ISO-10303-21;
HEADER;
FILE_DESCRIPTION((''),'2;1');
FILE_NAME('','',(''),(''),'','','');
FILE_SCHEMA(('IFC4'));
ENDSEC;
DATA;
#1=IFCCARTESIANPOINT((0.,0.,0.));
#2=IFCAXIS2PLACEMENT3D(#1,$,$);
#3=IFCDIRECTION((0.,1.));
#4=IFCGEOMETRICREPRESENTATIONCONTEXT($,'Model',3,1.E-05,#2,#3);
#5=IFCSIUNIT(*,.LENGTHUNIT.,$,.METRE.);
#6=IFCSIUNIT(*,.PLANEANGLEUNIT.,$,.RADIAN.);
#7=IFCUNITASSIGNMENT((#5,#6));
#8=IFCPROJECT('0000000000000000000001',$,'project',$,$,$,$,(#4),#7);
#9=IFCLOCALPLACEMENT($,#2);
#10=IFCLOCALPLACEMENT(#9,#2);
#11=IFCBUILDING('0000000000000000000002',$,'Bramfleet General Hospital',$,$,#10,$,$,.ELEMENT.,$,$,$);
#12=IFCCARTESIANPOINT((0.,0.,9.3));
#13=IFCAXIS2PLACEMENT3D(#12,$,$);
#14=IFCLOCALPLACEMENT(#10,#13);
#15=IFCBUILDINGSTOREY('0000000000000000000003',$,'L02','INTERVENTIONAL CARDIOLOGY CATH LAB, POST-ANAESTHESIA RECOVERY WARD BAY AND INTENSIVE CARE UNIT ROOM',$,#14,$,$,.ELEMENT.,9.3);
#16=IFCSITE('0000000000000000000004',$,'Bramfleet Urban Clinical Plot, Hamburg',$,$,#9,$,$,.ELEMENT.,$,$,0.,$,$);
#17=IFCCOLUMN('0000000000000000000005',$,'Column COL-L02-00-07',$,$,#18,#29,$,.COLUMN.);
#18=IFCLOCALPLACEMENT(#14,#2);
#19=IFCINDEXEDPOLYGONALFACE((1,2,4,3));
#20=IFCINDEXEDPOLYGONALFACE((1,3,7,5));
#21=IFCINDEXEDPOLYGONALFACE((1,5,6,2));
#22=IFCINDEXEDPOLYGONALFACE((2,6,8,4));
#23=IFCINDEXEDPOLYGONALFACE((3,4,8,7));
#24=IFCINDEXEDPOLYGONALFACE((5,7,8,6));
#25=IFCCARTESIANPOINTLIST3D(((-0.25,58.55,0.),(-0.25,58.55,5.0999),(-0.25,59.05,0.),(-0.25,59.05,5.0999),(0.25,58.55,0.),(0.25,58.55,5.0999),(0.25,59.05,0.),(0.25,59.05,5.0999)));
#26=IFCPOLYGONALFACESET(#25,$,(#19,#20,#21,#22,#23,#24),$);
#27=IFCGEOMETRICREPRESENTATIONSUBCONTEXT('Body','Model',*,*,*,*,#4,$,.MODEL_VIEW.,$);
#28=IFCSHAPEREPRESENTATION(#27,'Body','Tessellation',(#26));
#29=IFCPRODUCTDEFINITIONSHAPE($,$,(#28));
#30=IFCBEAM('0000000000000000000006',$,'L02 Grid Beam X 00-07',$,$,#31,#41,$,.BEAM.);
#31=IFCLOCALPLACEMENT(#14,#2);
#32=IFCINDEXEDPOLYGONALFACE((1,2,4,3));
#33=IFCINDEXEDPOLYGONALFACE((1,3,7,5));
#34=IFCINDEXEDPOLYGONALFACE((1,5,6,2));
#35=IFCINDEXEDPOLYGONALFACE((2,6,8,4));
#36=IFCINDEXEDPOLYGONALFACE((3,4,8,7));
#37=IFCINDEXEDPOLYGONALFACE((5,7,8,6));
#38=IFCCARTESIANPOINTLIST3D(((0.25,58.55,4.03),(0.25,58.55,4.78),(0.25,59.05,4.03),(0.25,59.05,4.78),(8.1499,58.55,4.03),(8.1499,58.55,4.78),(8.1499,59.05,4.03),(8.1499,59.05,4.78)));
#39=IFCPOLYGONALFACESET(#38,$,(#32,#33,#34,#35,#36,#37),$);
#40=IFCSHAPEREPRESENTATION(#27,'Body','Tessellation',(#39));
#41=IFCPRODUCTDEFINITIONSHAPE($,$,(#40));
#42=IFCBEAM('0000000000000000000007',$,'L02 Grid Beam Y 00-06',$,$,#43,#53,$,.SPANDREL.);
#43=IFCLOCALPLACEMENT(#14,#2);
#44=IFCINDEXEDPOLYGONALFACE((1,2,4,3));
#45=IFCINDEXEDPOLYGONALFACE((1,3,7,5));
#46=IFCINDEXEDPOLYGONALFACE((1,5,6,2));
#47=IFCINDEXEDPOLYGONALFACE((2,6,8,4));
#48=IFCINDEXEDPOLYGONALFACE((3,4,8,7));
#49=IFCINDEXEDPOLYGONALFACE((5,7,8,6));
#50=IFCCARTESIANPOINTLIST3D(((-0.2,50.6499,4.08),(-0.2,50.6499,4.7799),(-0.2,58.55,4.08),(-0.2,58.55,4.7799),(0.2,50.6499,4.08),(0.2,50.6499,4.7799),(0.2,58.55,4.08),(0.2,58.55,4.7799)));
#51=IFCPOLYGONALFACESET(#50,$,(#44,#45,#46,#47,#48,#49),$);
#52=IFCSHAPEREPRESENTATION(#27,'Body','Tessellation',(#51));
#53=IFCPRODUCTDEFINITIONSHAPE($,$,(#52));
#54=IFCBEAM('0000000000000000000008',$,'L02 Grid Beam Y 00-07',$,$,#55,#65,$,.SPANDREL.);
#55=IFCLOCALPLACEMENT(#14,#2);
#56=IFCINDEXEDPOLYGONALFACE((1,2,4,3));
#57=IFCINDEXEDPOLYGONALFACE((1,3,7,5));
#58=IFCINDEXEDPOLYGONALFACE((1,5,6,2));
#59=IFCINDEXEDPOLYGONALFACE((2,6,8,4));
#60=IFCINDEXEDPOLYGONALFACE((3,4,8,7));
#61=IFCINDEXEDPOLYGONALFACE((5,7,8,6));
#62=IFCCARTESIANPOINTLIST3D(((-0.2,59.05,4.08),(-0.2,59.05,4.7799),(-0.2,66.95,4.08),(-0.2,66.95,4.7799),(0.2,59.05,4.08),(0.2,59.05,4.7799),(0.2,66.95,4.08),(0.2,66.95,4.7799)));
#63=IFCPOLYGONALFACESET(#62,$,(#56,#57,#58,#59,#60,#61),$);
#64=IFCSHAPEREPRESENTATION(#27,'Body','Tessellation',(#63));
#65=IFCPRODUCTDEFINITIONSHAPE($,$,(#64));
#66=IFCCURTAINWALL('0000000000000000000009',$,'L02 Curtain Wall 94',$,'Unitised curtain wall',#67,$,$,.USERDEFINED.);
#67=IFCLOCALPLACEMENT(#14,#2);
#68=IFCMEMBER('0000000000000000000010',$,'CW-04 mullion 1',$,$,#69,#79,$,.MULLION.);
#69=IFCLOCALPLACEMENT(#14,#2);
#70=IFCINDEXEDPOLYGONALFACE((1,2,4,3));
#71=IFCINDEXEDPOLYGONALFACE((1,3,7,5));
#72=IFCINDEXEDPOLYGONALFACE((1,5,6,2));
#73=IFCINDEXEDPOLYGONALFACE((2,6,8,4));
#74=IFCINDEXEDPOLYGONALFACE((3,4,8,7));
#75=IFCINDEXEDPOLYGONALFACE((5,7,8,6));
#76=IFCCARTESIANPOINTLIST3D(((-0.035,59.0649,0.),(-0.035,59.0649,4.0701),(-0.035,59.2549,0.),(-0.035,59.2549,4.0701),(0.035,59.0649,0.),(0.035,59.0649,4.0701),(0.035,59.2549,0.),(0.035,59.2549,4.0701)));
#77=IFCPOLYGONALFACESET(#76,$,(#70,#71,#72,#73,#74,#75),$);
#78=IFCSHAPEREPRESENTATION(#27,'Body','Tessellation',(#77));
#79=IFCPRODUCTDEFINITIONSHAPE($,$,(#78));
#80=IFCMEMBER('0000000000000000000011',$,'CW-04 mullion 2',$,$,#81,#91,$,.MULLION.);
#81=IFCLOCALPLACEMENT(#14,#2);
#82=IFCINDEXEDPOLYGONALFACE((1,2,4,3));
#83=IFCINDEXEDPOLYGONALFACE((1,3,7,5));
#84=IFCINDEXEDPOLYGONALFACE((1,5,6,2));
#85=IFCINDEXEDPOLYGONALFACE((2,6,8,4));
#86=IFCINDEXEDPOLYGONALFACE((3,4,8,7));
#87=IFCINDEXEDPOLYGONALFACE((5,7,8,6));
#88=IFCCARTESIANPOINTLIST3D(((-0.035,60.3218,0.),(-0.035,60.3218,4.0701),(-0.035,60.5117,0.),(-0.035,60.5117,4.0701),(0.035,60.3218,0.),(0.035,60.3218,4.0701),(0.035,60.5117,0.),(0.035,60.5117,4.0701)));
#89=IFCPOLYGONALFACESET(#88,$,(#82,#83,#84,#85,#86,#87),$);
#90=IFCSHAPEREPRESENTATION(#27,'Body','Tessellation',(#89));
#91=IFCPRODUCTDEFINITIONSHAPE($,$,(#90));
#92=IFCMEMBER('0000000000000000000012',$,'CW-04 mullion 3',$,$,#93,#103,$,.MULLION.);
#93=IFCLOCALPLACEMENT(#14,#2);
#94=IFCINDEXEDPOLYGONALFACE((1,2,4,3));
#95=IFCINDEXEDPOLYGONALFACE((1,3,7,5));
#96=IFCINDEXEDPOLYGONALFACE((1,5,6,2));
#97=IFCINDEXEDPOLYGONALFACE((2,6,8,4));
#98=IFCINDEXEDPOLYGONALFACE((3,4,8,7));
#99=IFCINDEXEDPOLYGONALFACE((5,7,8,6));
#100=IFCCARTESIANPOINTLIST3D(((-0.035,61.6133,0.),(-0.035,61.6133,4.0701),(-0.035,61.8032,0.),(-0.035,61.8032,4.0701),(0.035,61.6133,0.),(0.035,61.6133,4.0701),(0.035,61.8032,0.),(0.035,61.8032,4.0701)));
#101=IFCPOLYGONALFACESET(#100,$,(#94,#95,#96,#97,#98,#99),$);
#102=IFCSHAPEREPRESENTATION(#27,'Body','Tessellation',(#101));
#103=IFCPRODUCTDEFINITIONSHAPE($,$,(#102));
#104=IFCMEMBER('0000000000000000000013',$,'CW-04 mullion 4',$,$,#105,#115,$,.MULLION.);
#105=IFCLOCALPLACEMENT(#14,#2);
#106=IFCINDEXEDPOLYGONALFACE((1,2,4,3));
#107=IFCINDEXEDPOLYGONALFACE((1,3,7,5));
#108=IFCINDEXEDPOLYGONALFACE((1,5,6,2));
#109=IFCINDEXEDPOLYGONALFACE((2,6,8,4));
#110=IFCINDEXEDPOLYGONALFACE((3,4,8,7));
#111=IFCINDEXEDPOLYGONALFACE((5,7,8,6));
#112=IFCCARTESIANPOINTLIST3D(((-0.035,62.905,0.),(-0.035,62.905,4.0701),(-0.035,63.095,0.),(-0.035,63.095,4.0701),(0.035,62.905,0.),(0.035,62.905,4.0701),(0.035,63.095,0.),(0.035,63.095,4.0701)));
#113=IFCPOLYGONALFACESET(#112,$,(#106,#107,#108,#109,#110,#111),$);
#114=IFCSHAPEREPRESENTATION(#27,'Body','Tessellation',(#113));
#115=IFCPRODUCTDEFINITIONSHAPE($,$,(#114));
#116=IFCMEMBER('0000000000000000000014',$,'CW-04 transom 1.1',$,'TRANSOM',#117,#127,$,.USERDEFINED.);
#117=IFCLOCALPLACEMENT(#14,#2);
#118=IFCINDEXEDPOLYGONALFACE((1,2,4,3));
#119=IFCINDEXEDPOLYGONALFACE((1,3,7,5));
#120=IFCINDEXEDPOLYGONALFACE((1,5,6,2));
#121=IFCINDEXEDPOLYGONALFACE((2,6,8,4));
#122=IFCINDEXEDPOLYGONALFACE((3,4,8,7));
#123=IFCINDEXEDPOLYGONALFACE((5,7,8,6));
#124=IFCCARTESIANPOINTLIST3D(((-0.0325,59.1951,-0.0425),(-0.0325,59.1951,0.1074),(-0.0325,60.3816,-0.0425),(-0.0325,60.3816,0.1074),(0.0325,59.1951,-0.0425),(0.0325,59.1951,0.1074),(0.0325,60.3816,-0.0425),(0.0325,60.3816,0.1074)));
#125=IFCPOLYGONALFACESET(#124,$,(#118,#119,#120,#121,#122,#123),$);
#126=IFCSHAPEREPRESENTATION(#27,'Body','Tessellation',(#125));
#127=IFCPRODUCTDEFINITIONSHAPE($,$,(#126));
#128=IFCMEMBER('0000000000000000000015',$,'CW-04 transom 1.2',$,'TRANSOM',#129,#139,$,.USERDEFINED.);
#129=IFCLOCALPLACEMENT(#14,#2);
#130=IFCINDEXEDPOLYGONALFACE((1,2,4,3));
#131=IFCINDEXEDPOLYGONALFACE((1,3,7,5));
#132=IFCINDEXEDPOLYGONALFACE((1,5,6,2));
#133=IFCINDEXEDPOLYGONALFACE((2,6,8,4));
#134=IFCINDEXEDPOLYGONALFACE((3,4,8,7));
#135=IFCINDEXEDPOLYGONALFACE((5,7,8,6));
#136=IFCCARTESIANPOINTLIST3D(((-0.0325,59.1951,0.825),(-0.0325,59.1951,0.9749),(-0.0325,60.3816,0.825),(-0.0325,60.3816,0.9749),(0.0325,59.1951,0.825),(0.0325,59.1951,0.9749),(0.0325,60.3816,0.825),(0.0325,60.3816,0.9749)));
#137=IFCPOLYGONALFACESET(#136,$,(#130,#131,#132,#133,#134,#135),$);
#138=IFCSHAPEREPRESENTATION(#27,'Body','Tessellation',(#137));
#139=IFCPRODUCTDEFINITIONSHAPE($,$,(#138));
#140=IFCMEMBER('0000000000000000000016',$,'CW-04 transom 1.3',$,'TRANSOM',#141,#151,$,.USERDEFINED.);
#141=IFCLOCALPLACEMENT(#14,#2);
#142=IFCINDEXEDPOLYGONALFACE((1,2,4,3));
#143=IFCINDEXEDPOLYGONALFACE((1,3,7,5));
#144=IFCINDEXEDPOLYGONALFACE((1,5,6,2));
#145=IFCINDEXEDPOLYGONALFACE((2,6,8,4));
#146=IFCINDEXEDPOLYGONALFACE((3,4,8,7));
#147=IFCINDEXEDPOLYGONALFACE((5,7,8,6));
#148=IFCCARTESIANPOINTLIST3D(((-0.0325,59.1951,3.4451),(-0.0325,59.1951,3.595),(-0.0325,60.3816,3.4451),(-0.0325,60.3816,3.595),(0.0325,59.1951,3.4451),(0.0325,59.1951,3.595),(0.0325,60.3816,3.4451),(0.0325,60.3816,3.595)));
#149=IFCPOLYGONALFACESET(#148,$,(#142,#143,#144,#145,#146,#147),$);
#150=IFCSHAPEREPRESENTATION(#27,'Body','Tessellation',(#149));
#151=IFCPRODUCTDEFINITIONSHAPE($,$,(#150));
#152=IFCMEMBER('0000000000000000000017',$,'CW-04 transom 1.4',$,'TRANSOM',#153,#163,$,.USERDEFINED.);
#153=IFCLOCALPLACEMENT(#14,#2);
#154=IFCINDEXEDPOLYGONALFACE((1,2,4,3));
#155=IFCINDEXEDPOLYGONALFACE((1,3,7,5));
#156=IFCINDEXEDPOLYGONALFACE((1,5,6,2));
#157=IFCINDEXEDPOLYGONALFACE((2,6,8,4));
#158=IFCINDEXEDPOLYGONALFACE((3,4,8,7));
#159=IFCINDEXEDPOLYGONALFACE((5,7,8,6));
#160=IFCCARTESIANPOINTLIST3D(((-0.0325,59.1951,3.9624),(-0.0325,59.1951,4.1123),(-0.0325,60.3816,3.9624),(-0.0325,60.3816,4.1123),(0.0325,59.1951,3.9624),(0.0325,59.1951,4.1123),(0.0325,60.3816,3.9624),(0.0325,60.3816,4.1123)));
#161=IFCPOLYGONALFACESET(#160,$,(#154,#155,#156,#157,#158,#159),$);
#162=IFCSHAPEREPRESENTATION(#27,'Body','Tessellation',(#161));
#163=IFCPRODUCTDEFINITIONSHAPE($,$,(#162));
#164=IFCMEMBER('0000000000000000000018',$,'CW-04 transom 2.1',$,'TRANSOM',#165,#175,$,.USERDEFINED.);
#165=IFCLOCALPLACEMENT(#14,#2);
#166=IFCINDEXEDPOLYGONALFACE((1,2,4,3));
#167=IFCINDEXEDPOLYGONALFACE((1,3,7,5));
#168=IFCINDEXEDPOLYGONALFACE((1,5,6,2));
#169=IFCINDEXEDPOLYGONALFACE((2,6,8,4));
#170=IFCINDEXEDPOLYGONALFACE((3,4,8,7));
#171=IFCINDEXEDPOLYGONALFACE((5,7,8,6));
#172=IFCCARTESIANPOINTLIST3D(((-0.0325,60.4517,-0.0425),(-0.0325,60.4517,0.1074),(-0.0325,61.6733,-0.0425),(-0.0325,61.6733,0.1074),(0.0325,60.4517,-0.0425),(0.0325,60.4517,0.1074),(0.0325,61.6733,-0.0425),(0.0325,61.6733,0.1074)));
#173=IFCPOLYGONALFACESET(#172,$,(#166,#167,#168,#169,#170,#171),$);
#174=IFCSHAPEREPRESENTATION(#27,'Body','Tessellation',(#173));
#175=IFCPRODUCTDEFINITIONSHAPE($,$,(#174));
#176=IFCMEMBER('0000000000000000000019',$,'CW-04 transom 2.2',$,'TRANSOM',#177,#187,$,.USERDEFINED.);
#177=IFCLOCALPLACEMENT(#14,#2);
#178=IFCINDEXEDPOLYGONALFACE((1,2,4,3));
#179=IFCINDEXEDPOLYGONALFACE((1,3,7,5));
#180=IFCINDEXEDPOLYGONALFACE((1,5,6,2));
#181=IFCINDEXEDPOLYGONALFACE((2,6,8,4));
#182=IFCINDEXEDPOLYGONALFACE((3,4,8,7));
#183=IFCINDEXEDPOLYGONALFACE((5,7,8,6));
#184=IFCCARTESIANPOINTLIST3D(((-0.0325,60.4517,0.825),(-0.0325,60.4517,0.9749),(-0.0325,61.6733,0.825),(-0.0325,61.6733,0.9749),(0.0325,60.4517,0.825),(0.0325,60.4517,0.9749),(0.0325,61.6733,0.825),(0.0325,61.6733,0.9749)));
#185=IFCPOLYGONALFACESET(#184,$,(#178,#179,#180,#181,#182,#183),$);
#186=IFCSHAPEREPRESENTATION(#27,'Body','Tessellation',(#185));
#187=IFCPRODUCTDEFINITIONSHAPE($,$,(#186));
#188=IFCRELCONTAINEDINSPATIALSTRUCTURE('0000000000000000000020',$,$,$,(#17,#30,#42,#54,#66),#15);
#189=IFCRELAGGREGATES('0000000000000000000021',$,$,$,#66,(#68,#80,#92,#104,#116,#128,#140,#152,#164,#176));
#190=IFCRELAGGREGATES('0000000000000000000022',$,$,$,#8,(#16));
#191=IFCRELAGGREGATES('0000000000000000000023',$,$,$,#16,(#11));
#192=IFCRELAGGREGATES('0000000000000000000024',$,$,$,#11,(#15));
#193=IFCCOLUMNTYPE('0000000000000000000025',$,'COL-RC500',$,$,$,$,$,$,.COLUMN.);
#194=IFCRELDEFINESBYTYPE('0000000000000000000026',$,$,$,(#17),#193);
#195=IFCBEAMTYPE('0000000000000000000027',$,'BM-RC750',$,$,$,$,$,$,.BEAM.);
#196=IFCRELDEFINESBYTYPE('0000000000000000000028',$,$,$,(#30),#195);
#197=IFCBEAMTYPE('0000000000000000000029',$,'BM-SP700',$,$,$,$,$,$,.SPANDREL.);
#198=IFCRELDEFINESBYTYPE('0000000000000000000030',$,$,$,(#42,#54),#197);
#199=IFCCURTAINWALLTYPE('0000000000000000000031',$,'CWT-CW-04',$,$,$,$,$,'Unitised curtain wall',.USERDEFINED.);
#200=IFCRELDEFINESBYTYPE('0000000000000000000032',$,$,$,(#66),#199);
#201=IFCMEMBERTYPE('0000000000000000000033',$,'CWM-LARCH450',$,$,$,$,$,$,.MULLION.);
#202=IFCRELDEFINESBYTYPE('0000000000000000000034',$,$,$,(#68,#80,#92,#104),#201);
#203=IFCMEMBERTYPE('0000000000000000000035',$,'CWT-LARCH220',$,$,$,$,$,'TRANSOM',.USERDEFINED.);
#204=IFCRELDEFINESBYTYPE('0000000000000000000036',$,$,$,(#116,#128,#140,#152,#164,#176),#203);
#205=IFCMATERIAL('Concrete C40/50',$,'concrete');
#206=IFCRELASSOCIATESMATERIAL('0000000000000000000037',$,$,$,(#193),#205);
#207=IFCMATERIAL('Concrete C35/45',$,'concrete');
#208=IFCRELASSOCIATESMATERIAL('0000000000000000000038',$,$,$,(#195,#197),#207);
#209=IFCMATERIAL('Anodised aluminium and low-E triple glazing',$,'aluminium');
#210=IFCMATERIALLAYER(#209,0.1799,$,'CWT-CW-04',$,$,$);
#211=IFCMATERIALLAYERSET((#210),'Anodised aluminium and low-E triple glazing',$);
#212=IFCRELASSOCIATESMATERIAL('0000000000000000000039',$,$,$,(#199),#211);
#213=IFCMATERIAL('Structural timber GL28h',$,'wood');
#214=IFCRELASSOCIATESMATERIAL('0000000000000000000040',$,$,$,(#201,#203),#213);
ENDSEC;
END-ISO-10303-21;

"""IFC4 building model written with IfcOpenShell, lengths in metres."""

from ifc_helpers import new_model, si_unit, direction, frame, origin, origin_2d, place, context, subcontext, project, spatial, rectangle, extrude, material, layer, layer_set, material_profile, profile_set, type_object, element, aggregate, save


model = new_model("IFC4")

# Units and contexts
model_context = context("Model", 3, precision=1e-05, world=origin(), true_north=direction((0.0, 1.0)))
body_context = subcontext(model_context, "Body", "Model", "MODEL_VIEW")
ifc_project = project(units=[si_unit("LENGTHUNIT", "METRE"), si_unit("PLANEANGLEUNIT", "RADIAN")], contexts=[model_context])

# Site, building, storey
site_placement = place(None, origin())
site = spatial("IfcSite", under=ifc_project, at=site_placement, Name="Bramfleet Urban Clinical Plot, Hamburg", CompositionType="ELEMENT", RefElevation=0.0)
building_placement = place(site_placement, origin())
building = spatial("IfcBuilding", under=site, at=building_placement, Name="Bramfleet General Hospital", CompositionType="ELEMENT")
storey_placement = place(building_placement, frame((0.0, 0.0, 9.3)))
storey = spatial("IfcBuildingStorey", under=building, at=storey_placement, Name="L02", Description="INTERVENTIONAL CARDIOLOGY CATH LAB, POST-ANAESTHESIA RECOVERY WARD BAY AND INTENSIVE CARE UNIT ROOM", CompositionType="ELEMENT", Elevation=9.3)

# Column
ifc_material_1 = material(Name="Concrete C40/50", Category="concrete")
ifc_material_profile_1 = material_profile(ifc_material_1, rectangle(XDim=0.5, YDim=0.5, at=origin_2d()), Name="RC COL 500x500")
ifc_profile_set_1 = profile_set([ifc_material_profile_1], Name="Concrete C40/50")
column_type = type_object("IfcColumnType", Name="COL-RC500", PredefinedType="COLUMN", material=ifc_profile_set_1)
column_placement = place(storey_placement, frame((0.0, 58.8, 0.0), z_axis=(0.0, 0.0, 1.0), x_axis=(1.0, 0.0, 0.0)))
element("IfcColumn", 1, at=column_placement, inside=storey, type_object=column_type, Name="Column COL-L02-00-07", PredefinedType="COLUMN", context=body_context, shape_type="SweptSolid", body=[
    extrude(rectangle(XDim=0.5, YDim=0.5, at=origin_2d()), origin(), (0.0, 0.0, 1.0), 5.0999),
])

# Beams
ifc_material_2 = material(Name="Concrete C35/45", Category="concrete")
ifc_material_profile_2 = material_profile(ifc_material_2, rectangle(XDim=0.5, YDim=0.75, at=origin_2d()), Name="RC BM 750x500")
ifc_profile_set_2 = profile_set([ifc_material_profile_2], Name="Concrete C35/45")
beam_type_1 = type_object("IfcBeamType", Name="BM-RC750", PredefinedType="BEAM", material=ifc_profile_set_2)
beam_1_placement = place(storey_placement, frame((0.25, 58.8, 4.405), z_axis=(1.0, 0.0, 0.0), x_axis=(0.0, 1.0, 0.0)))
element("IfcBeam", 2, at=beam_1_placement, inside=storey, type_object=beam_type_1, Name="L02 Grid Beam X 00-07", PredefinedType="BEAM", context=body_context, shape_type="SweptSolid", body=[
    extrude(rectangle(XDim=0.5, YDim=0.75, at=origin_2d()), origin(), (0.0, 0.0, 1.0), 7.8999),
])
ifc_material_profile_3 = material_profile(ifc_material_2, rectangle(XDim=0.3999, YDim=0.7, at=origin_2d()), Name="RC SP 700x400")
ifc_profile_set_3 = profile_set([ifc_material_profile_3], Name="Concrete C35/45")
beam_type_2 = type_object("IfcBeamType", Name="BM-SP700", PredefinedType="SPANDREL", material=ifc_profile_set_3)
beam_2_placement = place(storey_placement, frame((0.0, 50.6499, 4.4299), z_axis=(0.0, 1.0, 0.0), x_axis=(-1.0, 0.0, 0.0)))
element("IfcBeam", 3, at=beam_2_placement, inside=storey, type_object=beam_type_2, Name="L02 Grid Beam Y 00-06", PredefinedType="SPANDREL", context=body_context, shape_type="SweptSolid", body=[
    extrude(rectangle(XDim=0.3999, YDim=0.7, at=origin_2d()), origin(), (0.0, 0.0, 1.0), 7.9001),
])
beam_3_placement = place(storey_placement, frame((0.0, 59.05, 4.4299), z_axis=(0.0, 1.0, 0.0), x_axis=(-1.0, 0.0, 0.0)))
element("IfcBeam", 4, at=beam_3_placement, inside=storey, type_object=beam_type_2, Name="L02 Grid Beam Y 00-07", PredefinedType="SPANDREL", context=body_context, shape_type="SweptSolid", body=[
    extrude(rectangle(XDim=0.3999, YDim=0.7, at=origin_2d()), origin(), (0.0, 0.0, 1.0), 7.8999),
])

# Curtain wall, members
ifc_material_3 = material(Name="Anodised aluminium and low-E triple glazing", Category="aluminium")
ifc_layer_1 = layer(ifc_material_3, 0.1799, Name="CWT-CW-04")
ifc_layer_set_1 = layer_set([ifc_layer_1], Name="Anodised aluminium and low-E triple glazing")
curtain_wall_type = type_object("IfcCurtainWallType", Name="CWT-CW-04", ElementType="Unitised curtain wall", PredefinedType="USERDEFINED", material=ifc_layer_set_1)
curtain_wall_placement = place(storey_placement, origin())
curtain_wall = element("IfcCurtainWall", 5, at=curtain_wall_placement, inside=storey, type_object=curtain_wall_type, Name="L02 Curtain Wall 94", ObjectType="Unitised curtain wall", PredefinedType="USERDEFINED")
ifc_material_4 = material(Name="Structural timber GL28h", Category="wood")
ifc_material_profile_4 = material_profile(ifc_material_4, rectangle(XDim=0.0701, YDim=0.1899, at=origin_2d()), Name="LARCH 190x70")
ifc_profile_set_4 = profile_set([ifc_material_profile_4], Name="Structural timber GL28h")
member_type_1 = type_object("IfcMemberType", Name="CWM-LARCH450", PredefinedType="MULLION", material=ifc_profile_set_4)
member_1_placement = place(storey_placement, frame((0.0, 59.1599, 0.0), z_axis=(0.0, 0.0, 1.0), x_axis=(-1.0, 0.0, 0.0)))
member_1 = element("IfcMember", 6, at=member_1_placement, type_object=member_type_1, Name="CW-04 mullion 1", PredefinedType="MULLION", context=body_context, shape_type="SweptSolid", body=[
    extrude(rectangle(XDim=0.0701, YDim=0.1899, at=origin_2d()), origin(), (0.0, 0.0, 1.0), 4.0701),
])
member_2_placement = place(storey_placement, frame((0.0, 60.4167, 0.0), z_axis=(0.0, 0.0, 1.0), x_axis=(-1.0, 0.0, 0.0)))
member_2 = element("IfcMember", 7, at=member_2_placement, type_object=member_type_1, Name="CW-04 mullion 2", PredefinedType="MULLION", context=body_context, shape_type="SweptSolid", body=[
    extrude(rectangle(XDim=0.0701, YDim=0.1899, at=origin_2d()), origin(), (0.0, 0.0, 1.0), 4.0701),
])
member_3_placement = place(storey_placement, frame((0.0, 61.7083, 0.0), z_axis=(0.0, 0.0, 1.0), x_axis=(-1.0, 0.0, 0.0)))
member_3 = element("IfcMember", 8, at=member_3_placement, type_object=member_type_1, Name="CW-04 mullion 3", PredefinedType="MULLION", context=body_context, shape_type="SweptSolid", body=[
    extrude(rectangle(XDim=0.0701, YDim=0.1899, at=origin_2d()), origin(), (0.0, 0.0, 1.0), 4.0701),
])
member_4_placement = place(storey_placement, frame((0.0, 63.0, 0.0), z_axis=(0.0, 0.0, 1.0), x_axis=(-1.0, 0.0, 0.0)))
member_4 = element("IfcMember", 9, at=member_4_placement, type_object=member_type_1, Name="CW-04 mullion 4", PredefinedType="MULLION", context=body_context, shape_type="SweptSolid", body=[
    extrude(rectangle(XDim=0.0701, YDim=0.1899, at=origin_2d()), origin(), (0.0, 0.0, 1.0), 4.0701),
])
ifc_material_profile_5 = material_profile(ifc_material_4, rectangle(XDim=0.0649, YDim=0.1499, at=origin_2d()), Name="LARCH 150x65")
ifc_profile_set_5 = profile_set([ifc_material_profile_5], Name="Structural timber GL28h")
member_type_2 = type_object("IfcMemberType", Name="CWT-LARCH220", ElementType="TRANSOM", PredefinedType="USERDEFINED", material=ifc_profile_set_5)
member_5_placement = place(storey_placement, frame((0.0, 59.1951, 0.0325), z_axis=(0.0, 1.0, 0.0), x_axis=(-1.0, 0.0, 0.0)))
member_5 = element("IfcMember", 10, at=member_5_placement, type_object=member_type_2, Name="CW-04 transom 1.1", ObjectType="TRANSOM", PredefinedType="USERDEFINED", context=body_context, shape_type="SweptSolid", body=[
    extrude(rectangle(XDim=0.0649, YDim=0.1499, at=origin_2d()), origin(), (0.0, 0.0, 1.0), 1.1865),
])
member_6_placement = place(storey_placement, frame((0.0, 59.1951, 0.8999), z_axis=(0.0, 1.0, 0.0), x_axis=(-1.0, 0.0, 0.0)))
member_6 = element("IfcMember", 11, at=member_6_placement, type_object=member_type_2, Name="CW-04 transom 1.2", ObjectType="TRANSOM", PredefinedType="USERDEFINED", context=body_context, shape_type="SweptSolid", body=[
    extrude(rectangle(XDim=0.0649, YDim=0.1499, at=origin_2d()), origin(), (0.0, 0.0, 1.0), 1.1865),
])
member_7_placement = place(storey_placement, frame((0.0, 59.1951, 3.52), z_axis=(0.0, 1.0, 0.0), x_axis=(-1.0, 0.0, 0.0)))
member_7 = element("IfcMember", 12, at=member_7_placement, type_object=member_type_2, Name="CW-04 transom 1.3", ObjectType="TRANSOM", PredefinedType="USERDEFINED", context=body_context, shape_type="SweptSolid", body=[
    extrude(rectangle(XDim=0.0649, YDim=0.1499, at=origin_2d()), origin(), (0.0, 0.0, 1.0), 1.1865),
])
member_8_placement = place(storey_placement, frame((0.0, 59.1951, 4.0374), z_axis=(0.0, 1.0, 0.0), x_axis=(-1.0, 0.0, 0.0)))
member_8 = element("IfcMember", 13, at=member_8_placement, type_object=member_type_2, Name="CW-04 transom 1.4", ObjectType="TRANSOM", PredefinedType="USERDEFINED", context=body_context, shape_type="SweptSolid", body=[
    extrude(rectangle(XDim=0.0649, YDim=0.1499, at=origin_2d()), origin(), (0.0, 0.0, 1.0), 1.1865),
])
member_9_placement = place(storey_placement, frame((0.0, 60.4517, 0.0325), z_axis=(0.0, 1.0, 0.0), x_axis=(-1.0, 0.0, 0.0)))
member_9 = element("IfcMember", 14, at=member_9_placement, type_object=member_type_2, Name="CW-04 transom 2.1", ObjectType="TRANSOM", PredefinedType="USERDEFINED", context=body_context, shape_type="SweptSolid", body=[
    extrude(rectangle(XDim=0.0649, YDim=0.1499, at=origin_2d()), origin(), (0.0, 0.0, 1.0), 1.2217),
])
member_10_placement = place(storey_placement, frame((0.0, 60.4517, 0.8999), z_axis=(0.0, 1.0, 0.0), x_axis=(-1.0, 0.0, 0.0)))
member_10 = element("IfcMember", 15, at=member_10_placement, type_object=member_type_2, Name="CW-04 transom 2.2", ObjectType="TRANSOM", PredefinedType="USERDEFINED", context=body_context, shape_type="SweptSolid", body=[
    extrude(rectangle(XDim=0.0649, YDim=0.1499, at=origin_2d()), origin(), (0.0, 0.0, 1.0), 1.2217),
])
aggregate(curtain_wall, [member_1, member_2, member_3, member_4, member_5, member_6, member_7, member_8, member_9, member_10])

save(model, "model.ifc")
